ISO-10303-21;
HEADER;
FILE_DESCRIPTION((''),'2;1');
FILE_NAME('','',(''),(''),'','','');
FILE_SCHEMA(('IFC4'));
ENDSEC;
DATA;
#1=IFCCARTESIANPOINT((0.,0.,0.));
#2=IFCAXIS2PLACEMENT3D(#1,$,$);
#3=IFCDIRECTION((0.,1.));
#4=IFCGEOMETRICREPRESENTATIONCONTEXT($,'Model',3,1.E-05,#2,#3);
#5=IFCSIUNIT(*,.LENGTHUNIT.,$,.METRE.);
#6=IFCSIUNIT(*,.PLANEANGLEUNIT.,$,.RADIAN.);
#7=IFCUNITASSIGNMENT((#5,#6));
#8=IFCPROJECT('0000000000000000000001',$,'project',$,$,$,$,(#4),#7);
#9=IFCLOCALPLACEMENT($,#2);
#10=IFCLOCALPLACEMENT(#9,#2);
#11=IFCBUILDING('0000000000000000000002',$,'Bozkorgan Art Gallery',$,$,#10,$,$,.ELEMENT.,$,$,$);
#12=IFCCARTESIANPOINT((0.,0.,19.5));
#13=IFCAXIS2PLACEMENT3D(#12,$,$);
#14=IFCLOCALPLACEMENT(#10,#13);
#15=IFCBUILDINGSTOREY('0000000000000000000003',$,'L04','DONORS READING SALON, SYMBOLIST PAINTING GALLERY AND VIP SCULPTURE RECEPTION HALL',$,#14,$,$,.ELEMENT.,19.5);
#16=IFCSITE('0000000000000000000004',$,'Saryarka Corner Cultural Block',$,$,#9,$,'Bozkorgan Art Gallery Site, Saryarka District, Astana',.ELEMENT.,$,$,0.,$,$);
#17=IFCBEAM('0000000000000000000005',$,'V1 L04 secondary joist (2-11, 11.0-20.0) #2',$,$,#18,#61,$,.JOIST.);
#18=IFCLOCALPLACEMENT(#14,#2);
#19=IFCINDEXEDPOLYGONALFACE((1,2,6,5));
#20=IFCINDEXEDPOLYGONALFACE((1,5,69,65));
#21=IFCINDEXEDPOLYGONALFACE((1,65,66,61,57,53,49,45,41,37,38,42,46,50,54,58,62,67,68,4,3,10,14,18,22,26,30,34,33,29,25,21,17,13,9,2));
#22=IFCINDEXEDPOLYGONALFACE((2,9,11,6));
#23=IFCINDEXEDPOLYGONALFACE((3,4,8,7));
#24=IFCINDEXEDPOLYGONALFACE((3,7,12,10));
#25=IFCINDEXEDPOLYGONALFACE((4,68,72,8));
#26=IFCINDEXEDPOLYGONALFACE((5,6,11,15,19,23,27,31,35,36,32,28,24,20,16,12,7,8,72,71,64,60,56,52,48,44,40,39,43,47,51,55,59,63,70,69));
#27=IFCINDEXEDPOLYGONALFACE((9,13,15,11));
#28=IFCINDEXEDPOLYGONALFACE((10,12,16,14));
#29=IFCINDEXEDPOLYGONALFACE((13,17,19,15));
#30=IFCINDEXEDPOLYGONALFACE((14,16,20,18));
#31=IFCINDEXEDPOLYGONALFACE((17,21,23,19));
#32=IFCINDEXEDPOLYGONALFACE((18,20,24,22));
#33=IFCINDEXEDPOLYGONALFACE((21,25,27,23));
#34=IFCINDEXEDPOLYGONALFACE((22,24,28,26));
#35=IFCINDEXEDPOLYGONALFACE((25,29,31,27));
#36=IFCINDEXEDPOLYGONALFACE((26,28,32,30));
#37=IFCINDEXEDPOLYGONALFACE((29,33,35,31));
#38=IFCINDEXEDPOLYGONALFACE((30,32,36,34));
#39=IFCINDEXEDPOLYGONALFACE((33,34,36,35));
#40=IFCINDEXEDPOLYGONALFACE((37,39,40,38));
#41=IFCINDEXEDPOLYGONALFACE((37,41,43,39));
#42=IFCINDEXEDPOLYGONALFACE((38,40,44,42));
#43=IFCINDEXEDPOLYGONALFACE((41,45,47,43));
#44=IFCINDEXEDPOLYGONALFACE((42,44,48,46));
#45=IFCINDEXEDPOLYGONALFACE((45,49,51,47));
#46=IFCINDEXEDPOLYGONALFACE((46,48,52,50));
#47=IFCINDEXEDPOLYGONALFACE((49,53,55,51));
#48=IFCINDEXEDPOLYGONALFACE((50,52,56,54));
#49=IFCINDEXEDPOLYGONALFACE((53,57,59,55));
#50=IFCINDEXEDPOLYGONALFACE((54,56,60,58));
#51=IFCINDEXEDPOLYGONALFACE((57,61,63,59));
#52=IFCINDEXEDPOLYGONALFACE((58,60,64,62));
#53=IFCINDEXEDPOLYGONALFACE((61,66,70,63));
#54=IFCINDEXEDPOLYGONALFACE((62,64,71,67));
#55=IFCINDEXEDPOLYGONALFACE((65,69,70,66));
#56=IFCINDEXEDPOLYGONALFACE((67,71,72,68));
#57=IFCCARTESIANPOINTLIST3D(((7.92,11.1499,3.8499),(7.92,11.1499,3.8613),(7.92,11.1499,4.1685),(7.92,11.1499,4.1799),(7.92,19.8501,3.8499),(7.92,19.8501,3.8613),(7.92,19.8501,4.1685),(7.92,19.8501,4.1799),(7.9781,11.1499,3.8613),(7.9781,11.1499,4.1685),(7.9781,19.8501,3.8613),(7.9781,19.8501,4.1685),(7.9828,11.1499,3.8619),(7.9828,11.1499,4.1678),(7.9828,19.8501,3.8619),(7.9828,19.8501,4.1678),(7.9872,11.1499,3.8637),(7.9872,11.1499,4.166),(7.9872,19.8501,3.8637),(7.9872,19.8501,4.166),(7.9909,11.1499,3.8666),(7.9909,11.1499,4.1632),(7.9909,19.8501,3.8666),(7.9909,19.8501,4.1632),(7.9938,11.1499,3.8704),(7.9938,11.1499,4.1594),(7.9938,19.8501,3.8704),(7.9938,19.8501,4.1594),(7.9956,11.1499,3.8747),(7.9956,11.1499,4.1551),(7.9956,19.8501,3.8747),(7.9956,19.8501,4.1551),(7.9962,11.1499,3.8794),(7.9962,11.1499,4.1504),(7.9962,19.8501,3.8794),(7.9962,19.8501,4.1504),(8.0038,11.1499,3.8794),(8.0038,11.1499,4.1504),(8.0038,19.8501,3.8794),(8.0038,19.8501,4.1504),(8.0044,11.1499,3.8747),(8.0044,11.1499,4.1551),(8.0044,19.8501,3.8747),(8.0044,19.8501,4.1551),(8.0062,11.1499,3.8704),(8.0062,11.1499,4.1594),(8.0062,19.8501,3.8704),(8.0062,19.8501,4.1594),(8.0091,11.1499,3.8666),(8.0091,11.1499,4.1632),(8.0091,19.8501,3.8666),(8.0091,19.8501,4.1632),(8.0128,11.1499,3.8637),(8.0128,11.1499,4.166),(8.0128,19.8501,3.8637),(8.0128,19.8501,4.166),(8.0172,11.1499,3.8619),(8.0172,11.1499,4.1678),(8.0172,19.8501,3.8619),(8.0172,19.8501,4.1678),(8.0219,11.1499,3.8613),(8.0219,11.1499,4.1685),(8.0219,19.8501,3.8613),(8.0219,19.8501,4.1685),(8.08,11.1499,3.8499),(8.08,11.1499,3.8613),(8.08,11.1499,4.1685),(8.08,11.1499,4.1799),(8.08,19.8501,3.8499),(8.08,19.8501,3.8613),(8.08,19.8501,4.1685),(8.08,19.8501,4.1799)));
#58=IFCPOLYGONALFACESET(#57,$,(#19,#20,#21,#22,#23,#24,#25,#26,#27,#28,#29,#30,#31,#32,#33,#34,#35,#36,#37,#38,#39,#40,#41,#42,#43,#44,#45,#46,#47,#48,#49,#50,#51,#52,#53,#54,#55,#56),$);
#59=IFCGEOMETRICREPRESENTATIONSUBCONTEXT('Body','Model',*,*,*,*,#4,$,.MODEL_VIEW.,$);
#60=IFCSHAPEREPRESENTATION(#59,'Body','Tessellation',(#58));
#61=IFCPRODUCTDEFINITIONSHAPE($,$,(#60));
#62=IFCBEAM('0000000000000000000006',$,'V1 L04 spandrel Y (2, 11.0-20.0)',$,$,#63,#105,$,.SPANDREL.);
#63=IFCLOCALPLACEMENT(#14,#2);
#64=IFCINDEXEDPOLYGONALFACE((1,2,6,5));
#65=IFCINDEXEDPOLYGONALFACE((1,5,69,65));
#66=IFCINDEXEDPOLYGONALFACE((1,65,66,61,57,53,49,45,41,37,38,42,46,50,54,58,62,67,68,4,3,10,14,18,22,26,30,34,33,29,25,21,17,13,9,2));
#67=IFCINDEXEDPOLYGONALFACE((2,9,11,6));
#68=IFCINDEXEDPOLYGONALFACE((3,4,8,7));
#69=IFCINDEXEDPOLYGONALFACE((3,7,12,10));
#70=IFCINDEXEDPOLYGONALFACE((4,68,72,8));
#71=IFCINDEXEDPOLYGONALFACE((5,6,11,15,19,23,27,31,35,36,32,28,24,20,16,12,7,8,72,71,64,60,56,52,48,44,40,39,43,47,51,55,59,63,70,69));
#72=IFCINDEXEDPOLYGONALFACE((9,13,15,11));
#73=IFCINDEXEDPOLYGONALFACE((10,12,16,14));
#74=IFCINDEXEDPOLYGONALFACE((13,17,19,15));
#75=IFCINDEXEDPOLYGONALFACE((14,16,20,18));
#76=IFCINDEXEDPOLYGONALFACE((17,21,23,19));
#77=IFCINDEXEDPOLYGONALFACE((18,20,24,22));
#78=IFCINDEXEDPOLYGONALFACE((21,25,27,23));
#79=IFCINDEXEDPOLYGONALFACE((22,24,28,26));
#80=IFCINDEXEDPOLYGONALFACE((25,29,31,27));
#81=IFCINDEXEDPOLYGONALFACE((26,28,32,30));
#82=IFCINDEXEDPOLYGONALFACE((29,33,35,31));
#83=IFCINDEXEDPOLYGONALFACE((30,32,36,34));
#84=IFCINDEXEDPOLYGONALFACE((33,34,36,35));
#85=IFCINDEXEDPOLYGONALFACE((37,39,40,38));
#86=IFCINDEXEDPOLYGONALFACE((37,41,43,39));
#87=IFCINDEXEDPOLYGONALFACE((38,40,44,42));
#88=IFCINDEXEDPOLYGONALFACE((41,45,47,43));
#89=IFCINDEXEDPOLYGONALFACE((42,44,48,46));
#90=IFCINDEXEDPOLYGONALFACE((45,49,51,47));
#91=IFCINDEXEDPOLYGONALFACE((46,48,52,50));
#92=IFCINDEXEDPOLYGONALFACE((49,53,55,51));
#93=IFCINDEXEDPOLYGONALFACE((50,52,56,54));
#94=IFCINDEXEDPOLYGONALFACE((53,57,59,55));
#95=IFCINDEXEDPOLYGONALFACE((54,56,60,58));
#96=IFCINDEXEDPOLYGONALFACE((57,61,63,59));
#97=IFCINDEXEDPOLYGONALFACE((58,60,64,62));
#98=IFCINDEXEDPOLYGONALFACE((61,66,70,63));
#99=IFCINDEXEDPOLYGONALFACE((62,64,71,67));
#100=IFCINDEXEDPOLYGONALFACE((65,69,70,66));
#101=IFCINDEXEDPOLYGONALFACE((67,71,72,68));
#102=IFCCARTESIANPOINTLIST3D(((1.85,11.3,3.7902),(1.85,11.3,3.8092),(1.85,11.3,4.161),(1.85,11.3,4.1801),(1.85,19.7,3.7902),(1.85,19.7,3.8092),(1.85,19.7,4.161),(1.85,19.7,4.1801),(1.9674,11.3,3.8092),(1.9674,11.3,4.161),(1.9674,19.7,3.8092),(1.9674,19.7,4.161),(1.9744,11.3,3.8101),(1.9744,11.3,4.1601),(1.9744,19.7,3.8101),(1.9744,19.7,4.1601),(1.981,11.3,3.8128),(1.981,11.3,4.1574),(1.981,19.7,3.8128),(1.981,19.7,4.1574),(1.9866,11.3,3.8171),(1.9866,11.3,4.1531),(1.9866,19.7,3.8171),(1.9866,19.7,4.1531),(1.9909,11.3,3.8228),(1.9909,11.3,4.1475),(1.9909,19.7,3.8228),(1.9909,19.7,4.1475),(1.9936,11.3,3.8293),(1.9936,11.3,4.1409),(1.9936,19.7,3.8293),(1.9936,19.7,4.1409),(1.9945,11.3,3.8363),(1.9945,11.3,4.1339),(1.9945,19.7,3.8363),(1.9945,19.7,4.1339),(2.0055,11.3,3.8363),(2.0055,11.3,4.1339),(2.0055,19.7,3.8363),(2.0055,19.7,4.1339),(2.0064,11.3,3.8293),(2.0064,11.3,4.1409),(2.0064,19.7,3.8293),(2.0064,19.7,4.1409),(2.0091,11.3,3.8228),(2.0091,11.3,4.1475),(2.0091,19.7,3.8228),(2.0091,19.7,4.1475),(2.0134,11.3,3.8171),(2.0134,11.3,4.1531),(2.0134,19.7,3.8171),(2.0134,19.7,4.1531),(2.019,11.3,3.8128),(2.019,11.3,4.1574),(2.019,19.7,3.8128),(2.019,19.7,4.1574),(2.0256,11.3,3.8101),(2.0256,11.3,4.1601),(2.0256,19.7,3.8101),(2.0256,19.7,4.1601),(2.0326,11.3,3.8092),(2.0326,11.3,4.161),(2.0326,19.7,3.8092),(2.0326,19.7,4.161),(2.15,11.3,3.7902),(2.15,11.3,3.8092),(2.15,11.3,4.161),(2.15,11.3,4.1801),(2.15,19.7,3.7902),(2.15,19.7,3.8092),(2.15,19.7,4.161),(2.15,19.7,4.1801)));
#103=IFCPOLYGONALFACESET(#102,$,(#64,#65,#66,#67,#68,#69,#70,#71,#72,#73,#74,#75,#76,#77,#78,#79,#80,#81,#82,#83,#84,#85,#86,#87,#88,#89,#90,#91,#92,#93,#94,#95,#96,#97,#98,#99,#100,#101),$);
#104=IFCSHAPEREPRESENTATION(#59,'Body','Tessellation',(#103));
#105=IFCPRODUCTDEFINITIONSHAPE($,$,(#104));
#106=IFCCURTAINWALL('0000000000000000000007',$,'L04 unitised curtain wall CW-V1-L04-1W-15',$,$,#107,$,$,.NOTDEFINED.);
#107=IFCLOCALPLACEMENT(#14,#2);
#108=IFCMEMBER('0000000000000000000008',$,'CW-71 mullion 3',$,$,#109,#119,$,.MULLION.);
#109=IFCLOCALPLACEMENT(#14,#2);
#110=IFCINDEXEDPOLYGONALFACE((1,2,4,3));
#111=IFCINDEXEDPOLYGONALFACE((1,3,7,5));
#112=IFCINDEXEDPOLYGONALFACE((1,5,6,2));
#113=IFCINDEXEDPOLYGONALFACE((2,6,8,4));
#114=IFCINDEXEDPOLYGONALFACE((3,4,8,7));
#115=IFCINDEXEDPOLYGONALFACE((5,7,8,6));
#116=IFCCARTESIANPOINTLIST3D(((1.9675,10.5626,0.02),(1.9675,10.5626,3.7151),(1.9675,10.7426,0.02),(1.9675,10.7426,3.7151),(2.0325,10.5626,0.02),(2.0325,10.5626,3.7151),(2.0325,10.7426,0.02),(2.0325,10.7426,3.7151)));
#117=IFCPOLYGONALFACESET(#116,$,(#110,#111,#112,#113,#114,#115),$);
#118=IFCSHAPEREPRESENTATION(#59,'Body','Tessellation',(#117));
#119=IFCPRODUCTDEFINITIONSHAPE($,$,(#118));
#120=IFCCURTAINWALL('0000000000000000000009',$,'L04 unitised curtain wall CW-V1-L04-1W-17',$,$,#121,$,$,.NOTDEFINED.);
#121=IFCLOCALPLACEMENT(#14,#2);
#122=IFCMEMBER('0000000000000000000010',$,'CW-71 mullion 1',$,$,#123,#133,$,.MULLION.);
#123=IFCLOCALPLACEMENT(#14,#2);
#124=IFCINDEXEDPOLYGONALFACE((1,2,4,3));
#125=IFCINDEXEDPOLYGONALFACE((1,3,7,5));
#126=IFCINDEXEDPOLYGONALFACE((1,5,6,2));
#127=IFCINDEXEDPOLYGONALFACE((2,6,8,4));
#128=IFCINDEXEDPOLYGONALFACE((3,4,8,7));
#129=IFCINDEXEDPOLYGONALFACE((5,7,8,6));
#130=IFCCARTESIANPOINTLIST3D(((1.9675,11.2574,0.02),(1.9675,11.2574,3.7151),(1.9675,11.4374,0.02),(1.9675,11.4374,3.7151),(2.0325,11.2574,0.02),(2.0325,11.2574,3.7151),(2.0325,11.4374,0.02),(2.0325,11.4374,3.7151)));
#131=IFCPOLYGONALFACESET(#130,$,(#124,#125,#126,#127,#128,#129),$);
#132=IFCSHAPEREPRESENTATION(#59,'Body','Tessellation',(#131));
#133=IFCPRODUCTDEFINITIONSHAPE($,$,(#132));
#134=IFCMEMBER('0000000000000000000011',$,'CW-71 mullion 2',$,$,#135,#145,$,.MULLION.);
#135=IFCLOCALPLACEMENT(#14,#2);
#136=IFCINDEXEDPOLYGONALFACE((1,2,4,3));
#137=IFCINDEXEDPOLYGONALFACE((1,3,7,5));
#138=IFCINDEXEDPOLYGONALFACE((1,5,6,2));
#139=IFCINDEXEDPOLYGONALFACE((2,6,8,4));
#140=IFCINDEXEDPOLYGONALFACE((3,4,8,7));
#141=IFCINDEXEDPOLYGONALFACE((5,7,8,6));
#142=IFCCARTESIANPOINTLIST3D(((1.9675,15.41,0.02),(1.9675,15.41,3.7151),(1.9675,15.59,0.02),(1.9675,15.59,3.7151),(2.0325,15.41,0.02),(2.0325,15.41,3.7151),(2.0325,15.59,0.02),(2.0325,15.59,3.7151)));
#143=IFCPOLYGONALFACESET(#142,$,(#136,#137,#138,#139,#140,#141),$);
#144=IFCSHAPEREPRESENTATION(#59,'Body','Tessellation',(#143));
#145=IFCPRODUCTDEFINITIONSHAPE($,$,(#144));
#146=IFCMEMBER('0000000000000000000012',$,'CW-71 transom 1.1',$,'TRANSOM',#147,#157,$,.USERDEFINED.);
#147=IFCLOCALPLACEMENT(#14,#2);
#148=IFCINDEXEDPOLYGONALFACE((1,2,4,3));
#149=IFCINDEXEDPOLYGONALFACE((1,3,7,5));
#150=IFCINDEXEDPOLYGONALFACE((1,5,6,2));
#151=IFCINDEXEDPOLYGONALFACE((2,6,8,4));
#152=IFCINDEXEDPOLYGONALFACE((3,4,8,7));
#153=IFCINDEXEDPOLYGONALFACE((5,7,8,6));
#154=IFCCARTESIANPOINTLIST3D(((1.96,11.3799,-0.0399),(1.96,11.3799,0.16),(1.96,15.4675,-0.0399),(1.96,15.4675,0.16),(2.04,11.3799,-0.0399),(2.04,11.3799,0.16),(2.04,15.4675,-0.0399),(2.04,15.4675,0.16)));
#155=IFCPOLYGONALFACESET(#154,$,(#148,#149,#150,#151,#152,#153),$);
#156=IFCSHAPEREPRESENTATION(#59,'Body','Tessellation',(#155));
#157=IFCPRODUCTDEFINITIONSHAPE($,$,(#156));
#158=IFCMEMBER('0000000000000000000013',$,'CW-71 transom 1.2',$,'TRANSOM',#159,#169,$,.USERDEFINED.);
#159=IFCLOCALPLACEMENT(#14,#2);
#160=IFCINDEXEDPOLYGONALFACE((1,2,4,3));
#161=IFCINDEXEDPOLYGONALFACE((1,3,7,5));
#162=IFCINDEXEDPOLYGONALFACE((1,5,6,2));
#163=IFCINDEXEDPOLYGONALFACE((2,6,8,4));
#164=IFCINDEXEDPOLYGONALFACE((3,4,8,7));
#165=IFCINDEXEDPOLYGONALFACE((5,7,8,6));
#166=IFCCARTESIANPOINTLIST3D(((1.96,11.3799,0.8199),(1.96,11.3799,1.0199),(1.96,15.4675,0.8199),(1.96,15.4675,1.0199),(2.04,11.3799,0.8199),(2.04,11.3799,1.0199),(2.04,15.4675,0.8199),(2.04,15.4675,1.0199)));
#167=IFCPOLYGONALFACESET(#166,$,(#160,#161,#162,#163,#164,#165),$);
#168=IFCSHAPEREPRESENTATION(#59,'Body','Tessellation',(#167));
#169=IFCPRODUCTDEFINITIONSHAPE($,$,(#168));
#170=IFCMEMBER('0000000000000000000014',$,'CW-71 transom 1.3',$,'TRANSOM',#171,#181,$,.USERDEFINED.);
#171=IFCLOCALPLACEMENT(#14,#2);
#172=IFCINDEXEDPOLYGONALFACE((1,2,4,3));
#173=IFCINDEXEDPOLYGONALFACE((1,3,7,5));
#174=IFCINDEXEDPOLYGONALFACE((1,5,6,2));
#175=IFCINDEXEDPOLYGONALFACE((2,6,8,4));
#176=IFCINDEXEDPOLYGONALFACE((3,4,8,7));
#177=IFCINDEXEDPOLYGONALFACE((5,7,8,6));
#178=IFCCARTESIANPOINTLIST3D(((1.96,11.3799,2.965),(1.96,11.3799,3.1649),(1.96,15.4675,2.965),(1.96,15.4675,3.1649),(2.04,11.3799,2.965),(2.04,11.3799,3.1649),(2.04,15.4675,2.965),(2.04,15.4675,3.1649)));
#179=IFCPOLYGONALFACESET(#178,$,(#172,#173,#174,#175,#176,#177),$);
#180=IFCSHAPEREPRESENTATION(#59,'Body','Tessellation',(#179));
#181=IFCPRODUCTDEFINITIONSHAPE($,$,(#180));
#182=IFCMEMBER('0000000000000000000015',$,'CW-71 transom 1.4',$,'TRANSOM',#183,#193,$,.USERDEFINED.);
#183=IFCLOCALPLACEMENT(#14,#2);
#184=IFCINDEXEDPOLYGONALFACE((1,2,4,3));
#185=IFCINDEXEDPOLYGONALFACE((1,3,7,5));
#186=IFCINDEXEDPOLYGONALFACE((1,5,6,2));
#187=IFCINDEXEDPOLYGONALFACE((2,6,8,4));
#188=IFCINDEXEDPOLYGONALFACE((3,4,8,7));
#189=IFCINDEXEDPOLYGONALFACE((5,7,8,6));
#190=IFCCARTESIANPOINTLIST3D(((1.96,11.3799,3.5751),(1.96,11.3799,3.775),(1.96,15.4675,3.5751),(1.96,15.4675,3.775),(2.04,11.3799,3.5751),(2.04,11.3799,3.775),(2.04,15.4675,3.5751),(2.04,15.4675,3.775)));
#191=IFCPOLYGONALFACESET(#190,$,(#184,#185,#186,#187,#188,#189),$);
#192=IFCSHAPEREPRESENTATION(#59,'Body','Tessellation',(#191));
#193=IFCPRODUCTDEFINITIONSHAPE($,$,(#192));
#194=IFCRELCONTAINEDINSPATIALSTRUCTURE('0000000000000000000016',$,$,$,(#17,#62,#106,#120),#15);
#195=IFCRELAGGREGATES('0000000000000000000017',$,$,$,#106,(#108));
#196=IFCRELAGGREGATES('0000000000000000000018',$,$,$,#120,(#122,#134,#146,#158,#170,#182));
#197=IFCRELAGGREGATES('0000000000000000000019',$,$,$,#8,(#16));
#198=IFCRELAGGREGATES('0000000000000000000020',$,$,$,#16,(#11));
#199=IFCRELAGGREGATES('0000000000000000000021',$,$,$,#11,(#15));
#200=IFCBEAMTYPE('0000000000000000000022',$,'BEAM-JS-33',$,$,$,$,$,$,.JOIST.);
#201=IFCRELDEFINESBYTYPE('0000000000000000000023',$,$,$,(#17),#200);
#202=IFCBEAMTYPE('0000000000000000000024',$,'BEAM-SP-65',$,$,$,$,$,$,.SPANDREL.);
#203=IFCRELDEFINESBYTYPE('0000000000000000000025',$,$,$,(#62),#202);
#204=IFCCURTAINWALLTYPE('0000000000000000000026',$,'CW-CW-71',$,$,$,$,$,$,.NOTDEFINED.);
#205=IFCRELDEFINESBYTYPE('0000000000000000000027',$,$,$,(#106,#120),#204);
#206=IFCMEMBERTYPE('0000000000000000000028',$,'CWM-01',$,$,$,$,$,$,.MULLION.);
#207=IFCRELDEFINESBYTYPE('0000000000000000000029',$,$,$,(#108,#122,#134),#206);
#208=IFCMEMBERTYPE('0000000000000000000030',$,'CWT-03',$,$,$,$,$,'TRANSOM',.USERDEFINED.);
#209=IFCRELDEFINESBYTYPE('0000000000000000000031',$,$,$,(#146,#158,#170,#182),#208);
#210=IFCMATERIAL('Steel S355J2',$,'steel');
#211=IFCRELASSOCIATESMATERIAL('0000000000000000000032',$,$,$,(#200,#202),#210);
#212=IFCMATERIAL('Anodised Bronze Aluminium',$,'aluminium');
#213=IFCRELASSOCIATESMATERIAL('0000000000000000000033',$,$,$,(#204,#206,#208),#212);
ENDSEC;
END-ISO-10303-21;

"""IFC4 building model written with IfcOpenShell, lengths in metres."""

from ifc_helpers import new_model, si_unit, direction, frame, origin, origin_2d, place, context, subcontext, project, spatial, rectangle, i_section, extrude, material, material_profile, profile_set, type_object, element, aggregate, save


model = new_model("IFC4")

# Units and contexts
model_context = context("Model", 3, precision=1e-05, world=origin(), true_north=direction((0.0, 1.0)))
body_context = subcontext(model_context, "Body", "Model", "MODEL_VIEW")
ifc_project = project(units=[si_unit("LENGTHUNIT", "METRE"), si_unit("PLANEANGLEUNIT", "RADIAN")], contexts=[model_context])

# Site, building, storey
site_placement = place(None, origin())
site = spatial("IfcSite", under=ifc_project, at=site_placement, Name="Saryarka Corner Cultural Block", LongName="Bozkorgan Art Gallery Site, Saryarka District, Astana", CompositionType="ELEMENT", RefElevation=0.0)
building_placement = place(site_placement, origin())
building = spatial("IfcBuilding", under=site, at=building_placement, Name="Bozkorgan Art Gallery", CompositionType="ELEMENT")
storey_placement = place(building_placement, frame((0.0, 0.0, 19.5)))
storey = spatial("IfcBuildingStorey", under=building, at=storey_placement, Name="L04", Description="DONORS READING SALON, SYMBOLIST PAINTING GALLERY AND VIP SCULPTURE RECEPTION HALL", CompositionType="ELEMENT", Elevation=19.5)

# Beams
ifc_material_1 = material(Name="Steel S355J2", Category="steel")
ifc_material_profile_1 = material_profile(ifc_material_1, i_section(OverallWidth=0.1599, OverallDepth=0.3301, WebThickness=0.0076, FlangeThickness=0.0115, FilletRadius=0.0181, at=origin_2d()), Name="IPE 330")
ifc_profile_set_1 = profile_set([ifc_material_profile_1], Name="Steel S355J2")
beam_type_1 = type_object("IfcBeamType", Name="BEAM-JS-33", PredefinedType="JOIST", material=ifc_profile_set_1)
for number, where, z_axis, x_axis, name in (
    (1, (8.0, 11.1499, 4.0149), (0.0, 1.0, 0.0), (-1.0, 0.0, 0.0), "V1 L04 secondary joist (2-11, 11.0-20.0) #2"),
):
    element("IfcBeam", number, at=place(storey_placement, frame(where, z_axis=z_axis, x_axis=x_axis)), inside=storey, type_object=beam_type_1, Name=name, PredefinedType="JOIST", context=body_context, shape_type="SweptSolid", body=[
        extrude(i_section(OverallWidth=0.1599, OverallDepth=0.3301, WebThickness=0.0076, FlangeThickness=0.0115, FilletRadius=0.0181, at=origin_2d()), origin(), (0.0, 0.0, 1.0), 8.7002),
    ])
ifc_material_profile_2 = material_profile(ifc_material_1, i_section(OverallWidth=0.3, OverallDepth=0.3899, WebThickness=0.011, FlangeThickness=0.019, FilletRadius=0.0271, at=origin_2d()), Name="HEA 400")
ifc_profile_set_2 = profile_set([ifc_material_profile_2], Name="Steel S355J2")
beam_type_2 = type_object("IfcBeamType", Name="BEAM-SP-65", PredefinedType="SPANDREL", material=ifc_profile_set_2)
beam_placement = place(storey_placement, frame((2.0, 11.3, 3.9851), z_axis=(0.0, 1.0, 0.0), x_axis=(-1.0, 0.0, 0.0)))
element("IfcBeam", 2, at=beam_placement, inside=storey, type_object=beam_type_2, Name="V1 L04 spandrel Y (2, 11.0-20.0)", PredefinedType="SPANDREL", context=body_context, shape_type="SweptSolid", body=[
    extrude(i_section(OverallWidth=0.3, OverallDepth=0.3899, WebThickness=0.011, FlangeThickness=0.019, FilletRadius=0.0271, at=origin_2d()), origin(), (0.0, 0.0, 1.0), 8.3999),
])

# Curtain wall, member
ifc_material_2 = material(Name="Anodised Bronze Aluminium", Category="aluminium")
curtain_wall_type = type_object("IfcCurtainWallType", Name="CW-CW-71", PredefinedType="NOTDEFINED", material=ifc_material_2)
curtain_wall_1_placement = place(storey_placement, origin())
curtain_wall_1 = element("IfcCurtainWall", 3, at=curtain_wall_1_placement, inside=storey, type_object=curtain_wall_type, Name="L04 unitised curtain wall CW-V1-L04-1W-15", PredefinedType="NOTDEFINED")
ifc_material_profile_3 = material_profile(ifc_material_2, rectangle(XDim=0.0649, YDim=0.1799, at=origin_2d()), Name="ALU MULLION 65x180")
ifc_profile_set_3 = profile_set([ifc_material_profile_3], Name="Anodised Bronze Aluminium")
member_type_1 = type_object("IfcMemberType", Name="CWM-01", PredefinedType="MULLION", material=ifc_profile_set_3)
member_1_placement = place(storey_placement, frame((2.0, 10.6526, 0.02), z_axis=(0.0, 0.0, 1.0), x_axis=(-1.0, 0.0, 0.0)))
member_1 = element("IfcMember", 4, at=member_1_placement, type_object=member_type_1, Name="CW-71 mullion 3", PredefinedType="MULLION", context=body_context, shape_type="SweptSolid", body=[
    extrude(rectangle(XDim=0.0649, YDim=0.1799, at=origin_2d()), origin(), (0.0, 0.0, 1.0), 3.6951),
])

# Curtain wall, members
curtain_wall_2_placement = place(storey_placement, origin())
curtain_wall_2 = element("IfcCurtainWall", 5, at=curtain_wall_2_placement, inside=storey, type_object=curtain_wall_type, Name="L04 unitised curtain wall CW-V1-L04-1W-17", PredefinedType="NOTDEFINED")
member_2_placement = place(storey_placement, frame((2.0, 11.3474, 0.02), z_axis=(0.0, 0.0, 1.0), x_axis=(-1.0, 0.0, 0.0)))
member_2 = element("IfcMember", 6, at=member_2_placement, type_object=member_type_1, Name="CW-71 mullion 1", PredefinedType="MULLION", context=body_context, shape_type="SweptSolid", body=[
    extrude(rectangle(XDim=0.0649, YDim=0.1799, at=origin_2d()), origin(), (0.0, 0.0, 1.0), 3.6951),
])
member_3_placement = place(storey_placement, frame((2.0, 15.5, 0.02), z_axis=(0.0, 0.0, 1.0), x_axis=(-1.0, 0.0, 0.0)))
member_3 = element("IfcMember", 7, at=member_3_placement, type_object=member_type_1, Name="CW-71 mullion 2", PredefinedType="MULLION", context=body_context, shape_type="SweptSolid", body=[
    extrude(rectangle(XDim=0.0649, YDim=0.1799, at=origin_2d()), origin(), (0.0, 0.0, 1.0), 3.6951),
])
ifc_material_profile_4 = material_profile(ifc_material_2, rectangle(XDim=0.0801, YDim=0.2, at=origin_2d()), Name="ALU TRANSOM 80x200")
ifc_profile_set_4 = profile_set([ifc_material_profile_4], Name="Anodised Bronze Aluminium")
member_type_2 = type_object("IfcMemberType", Name="CWT-03", ElementType="TRANSOM", PredefinedType="USERDEFINED", material=ifc_profile_set_4)
member_4_placement = place(storey_placement, frame((2.0, 11.3799, 0.0601), z_axis=(0.0, 1.0, 0.0), x_axis=(-1.0, 0.0, 0.0)))
member_4 = element("IfcMember", 8, at=member_4_placement, type_object=member_type_2, Name="CW-71 transom 1.1", ObjectType="TRANSOM", PredefinedType="USERDEFINED", context=body_context, shape_type="SweptSolid", body=[
    extrude(rectangle(XDim=0.0801, YDim=0.2, at=origin_2d()), origin(), (0.0, 0.0, 1.0), 4.0876),
])
member_5_placement = place(storey_placement, frame((2.0, 11.3799, 0.9199), z_axis=(0.0, 1.0, 0.0), x_axis=(-1.0, 0.0, 0.0)))
member_5 = element("IfcMember", 9, at=member_5_placement, type_object=member_type_2, Name="CW-71 transom 1.2", ObjectType="TRANSOM", PredefinedType="USERDEFINED", context=body_context, shape_type="SweptSolid", body=[
    extrude(rectangle(XDim=0.0801, YDim=0.2, at=origin_2d()), origin(), (0.0, 0.0, 1.0), 4.0876),
])
member_6_placement = place(storey_placement, frame((2.0, 11.3799, 3.0649), z_axis=(0.0, 1.0, 0.0), x_axis=(-1.0, 0.0, 0.0)))
member_6 = element("IfcMember", 10, at=member_6_placement, type_object=member_type_2, Name="CW-71 transom 1.3", ObjectType="TRANSOM", PredefinedType="USERDEFINED", context=body_context, shape_type="SweptSolid", body=[
    extrude(rectangle(XDim=0.0801, YDim=0.2, at=origin_2d()), origin(), (0.0, 0.0, 1.0), 4.0876),
])
member_7_placement = place(storey_placement, frame((2.0, 11.3799, 3.675), z_axis=(0.0, 1.0, 0.0), x_axis=(-1.0, 0.0, 0.0)))
member_7 = element("IfcMember", 11, at=member_7_placement, type_object=member_type_2, Name="CW-71 transom 1.4", ObjectType="TRANSOM", PredefinedType="USERDEFINED", context=body_context, shape_type="SweptSolid", body=[
    extrude(rectangle(XDim=0.0801, YDim=0.2, at=origin_2d()), origin(), (0.0, 0.0, 1.0), 4.0876),
])

aggregate(curtain_wall_1, [member_1])
aggregate(curtain_wall_2, [member_2, member_3, member_4, member_5, member_6, member_7])

save(model, "model.ifc")
